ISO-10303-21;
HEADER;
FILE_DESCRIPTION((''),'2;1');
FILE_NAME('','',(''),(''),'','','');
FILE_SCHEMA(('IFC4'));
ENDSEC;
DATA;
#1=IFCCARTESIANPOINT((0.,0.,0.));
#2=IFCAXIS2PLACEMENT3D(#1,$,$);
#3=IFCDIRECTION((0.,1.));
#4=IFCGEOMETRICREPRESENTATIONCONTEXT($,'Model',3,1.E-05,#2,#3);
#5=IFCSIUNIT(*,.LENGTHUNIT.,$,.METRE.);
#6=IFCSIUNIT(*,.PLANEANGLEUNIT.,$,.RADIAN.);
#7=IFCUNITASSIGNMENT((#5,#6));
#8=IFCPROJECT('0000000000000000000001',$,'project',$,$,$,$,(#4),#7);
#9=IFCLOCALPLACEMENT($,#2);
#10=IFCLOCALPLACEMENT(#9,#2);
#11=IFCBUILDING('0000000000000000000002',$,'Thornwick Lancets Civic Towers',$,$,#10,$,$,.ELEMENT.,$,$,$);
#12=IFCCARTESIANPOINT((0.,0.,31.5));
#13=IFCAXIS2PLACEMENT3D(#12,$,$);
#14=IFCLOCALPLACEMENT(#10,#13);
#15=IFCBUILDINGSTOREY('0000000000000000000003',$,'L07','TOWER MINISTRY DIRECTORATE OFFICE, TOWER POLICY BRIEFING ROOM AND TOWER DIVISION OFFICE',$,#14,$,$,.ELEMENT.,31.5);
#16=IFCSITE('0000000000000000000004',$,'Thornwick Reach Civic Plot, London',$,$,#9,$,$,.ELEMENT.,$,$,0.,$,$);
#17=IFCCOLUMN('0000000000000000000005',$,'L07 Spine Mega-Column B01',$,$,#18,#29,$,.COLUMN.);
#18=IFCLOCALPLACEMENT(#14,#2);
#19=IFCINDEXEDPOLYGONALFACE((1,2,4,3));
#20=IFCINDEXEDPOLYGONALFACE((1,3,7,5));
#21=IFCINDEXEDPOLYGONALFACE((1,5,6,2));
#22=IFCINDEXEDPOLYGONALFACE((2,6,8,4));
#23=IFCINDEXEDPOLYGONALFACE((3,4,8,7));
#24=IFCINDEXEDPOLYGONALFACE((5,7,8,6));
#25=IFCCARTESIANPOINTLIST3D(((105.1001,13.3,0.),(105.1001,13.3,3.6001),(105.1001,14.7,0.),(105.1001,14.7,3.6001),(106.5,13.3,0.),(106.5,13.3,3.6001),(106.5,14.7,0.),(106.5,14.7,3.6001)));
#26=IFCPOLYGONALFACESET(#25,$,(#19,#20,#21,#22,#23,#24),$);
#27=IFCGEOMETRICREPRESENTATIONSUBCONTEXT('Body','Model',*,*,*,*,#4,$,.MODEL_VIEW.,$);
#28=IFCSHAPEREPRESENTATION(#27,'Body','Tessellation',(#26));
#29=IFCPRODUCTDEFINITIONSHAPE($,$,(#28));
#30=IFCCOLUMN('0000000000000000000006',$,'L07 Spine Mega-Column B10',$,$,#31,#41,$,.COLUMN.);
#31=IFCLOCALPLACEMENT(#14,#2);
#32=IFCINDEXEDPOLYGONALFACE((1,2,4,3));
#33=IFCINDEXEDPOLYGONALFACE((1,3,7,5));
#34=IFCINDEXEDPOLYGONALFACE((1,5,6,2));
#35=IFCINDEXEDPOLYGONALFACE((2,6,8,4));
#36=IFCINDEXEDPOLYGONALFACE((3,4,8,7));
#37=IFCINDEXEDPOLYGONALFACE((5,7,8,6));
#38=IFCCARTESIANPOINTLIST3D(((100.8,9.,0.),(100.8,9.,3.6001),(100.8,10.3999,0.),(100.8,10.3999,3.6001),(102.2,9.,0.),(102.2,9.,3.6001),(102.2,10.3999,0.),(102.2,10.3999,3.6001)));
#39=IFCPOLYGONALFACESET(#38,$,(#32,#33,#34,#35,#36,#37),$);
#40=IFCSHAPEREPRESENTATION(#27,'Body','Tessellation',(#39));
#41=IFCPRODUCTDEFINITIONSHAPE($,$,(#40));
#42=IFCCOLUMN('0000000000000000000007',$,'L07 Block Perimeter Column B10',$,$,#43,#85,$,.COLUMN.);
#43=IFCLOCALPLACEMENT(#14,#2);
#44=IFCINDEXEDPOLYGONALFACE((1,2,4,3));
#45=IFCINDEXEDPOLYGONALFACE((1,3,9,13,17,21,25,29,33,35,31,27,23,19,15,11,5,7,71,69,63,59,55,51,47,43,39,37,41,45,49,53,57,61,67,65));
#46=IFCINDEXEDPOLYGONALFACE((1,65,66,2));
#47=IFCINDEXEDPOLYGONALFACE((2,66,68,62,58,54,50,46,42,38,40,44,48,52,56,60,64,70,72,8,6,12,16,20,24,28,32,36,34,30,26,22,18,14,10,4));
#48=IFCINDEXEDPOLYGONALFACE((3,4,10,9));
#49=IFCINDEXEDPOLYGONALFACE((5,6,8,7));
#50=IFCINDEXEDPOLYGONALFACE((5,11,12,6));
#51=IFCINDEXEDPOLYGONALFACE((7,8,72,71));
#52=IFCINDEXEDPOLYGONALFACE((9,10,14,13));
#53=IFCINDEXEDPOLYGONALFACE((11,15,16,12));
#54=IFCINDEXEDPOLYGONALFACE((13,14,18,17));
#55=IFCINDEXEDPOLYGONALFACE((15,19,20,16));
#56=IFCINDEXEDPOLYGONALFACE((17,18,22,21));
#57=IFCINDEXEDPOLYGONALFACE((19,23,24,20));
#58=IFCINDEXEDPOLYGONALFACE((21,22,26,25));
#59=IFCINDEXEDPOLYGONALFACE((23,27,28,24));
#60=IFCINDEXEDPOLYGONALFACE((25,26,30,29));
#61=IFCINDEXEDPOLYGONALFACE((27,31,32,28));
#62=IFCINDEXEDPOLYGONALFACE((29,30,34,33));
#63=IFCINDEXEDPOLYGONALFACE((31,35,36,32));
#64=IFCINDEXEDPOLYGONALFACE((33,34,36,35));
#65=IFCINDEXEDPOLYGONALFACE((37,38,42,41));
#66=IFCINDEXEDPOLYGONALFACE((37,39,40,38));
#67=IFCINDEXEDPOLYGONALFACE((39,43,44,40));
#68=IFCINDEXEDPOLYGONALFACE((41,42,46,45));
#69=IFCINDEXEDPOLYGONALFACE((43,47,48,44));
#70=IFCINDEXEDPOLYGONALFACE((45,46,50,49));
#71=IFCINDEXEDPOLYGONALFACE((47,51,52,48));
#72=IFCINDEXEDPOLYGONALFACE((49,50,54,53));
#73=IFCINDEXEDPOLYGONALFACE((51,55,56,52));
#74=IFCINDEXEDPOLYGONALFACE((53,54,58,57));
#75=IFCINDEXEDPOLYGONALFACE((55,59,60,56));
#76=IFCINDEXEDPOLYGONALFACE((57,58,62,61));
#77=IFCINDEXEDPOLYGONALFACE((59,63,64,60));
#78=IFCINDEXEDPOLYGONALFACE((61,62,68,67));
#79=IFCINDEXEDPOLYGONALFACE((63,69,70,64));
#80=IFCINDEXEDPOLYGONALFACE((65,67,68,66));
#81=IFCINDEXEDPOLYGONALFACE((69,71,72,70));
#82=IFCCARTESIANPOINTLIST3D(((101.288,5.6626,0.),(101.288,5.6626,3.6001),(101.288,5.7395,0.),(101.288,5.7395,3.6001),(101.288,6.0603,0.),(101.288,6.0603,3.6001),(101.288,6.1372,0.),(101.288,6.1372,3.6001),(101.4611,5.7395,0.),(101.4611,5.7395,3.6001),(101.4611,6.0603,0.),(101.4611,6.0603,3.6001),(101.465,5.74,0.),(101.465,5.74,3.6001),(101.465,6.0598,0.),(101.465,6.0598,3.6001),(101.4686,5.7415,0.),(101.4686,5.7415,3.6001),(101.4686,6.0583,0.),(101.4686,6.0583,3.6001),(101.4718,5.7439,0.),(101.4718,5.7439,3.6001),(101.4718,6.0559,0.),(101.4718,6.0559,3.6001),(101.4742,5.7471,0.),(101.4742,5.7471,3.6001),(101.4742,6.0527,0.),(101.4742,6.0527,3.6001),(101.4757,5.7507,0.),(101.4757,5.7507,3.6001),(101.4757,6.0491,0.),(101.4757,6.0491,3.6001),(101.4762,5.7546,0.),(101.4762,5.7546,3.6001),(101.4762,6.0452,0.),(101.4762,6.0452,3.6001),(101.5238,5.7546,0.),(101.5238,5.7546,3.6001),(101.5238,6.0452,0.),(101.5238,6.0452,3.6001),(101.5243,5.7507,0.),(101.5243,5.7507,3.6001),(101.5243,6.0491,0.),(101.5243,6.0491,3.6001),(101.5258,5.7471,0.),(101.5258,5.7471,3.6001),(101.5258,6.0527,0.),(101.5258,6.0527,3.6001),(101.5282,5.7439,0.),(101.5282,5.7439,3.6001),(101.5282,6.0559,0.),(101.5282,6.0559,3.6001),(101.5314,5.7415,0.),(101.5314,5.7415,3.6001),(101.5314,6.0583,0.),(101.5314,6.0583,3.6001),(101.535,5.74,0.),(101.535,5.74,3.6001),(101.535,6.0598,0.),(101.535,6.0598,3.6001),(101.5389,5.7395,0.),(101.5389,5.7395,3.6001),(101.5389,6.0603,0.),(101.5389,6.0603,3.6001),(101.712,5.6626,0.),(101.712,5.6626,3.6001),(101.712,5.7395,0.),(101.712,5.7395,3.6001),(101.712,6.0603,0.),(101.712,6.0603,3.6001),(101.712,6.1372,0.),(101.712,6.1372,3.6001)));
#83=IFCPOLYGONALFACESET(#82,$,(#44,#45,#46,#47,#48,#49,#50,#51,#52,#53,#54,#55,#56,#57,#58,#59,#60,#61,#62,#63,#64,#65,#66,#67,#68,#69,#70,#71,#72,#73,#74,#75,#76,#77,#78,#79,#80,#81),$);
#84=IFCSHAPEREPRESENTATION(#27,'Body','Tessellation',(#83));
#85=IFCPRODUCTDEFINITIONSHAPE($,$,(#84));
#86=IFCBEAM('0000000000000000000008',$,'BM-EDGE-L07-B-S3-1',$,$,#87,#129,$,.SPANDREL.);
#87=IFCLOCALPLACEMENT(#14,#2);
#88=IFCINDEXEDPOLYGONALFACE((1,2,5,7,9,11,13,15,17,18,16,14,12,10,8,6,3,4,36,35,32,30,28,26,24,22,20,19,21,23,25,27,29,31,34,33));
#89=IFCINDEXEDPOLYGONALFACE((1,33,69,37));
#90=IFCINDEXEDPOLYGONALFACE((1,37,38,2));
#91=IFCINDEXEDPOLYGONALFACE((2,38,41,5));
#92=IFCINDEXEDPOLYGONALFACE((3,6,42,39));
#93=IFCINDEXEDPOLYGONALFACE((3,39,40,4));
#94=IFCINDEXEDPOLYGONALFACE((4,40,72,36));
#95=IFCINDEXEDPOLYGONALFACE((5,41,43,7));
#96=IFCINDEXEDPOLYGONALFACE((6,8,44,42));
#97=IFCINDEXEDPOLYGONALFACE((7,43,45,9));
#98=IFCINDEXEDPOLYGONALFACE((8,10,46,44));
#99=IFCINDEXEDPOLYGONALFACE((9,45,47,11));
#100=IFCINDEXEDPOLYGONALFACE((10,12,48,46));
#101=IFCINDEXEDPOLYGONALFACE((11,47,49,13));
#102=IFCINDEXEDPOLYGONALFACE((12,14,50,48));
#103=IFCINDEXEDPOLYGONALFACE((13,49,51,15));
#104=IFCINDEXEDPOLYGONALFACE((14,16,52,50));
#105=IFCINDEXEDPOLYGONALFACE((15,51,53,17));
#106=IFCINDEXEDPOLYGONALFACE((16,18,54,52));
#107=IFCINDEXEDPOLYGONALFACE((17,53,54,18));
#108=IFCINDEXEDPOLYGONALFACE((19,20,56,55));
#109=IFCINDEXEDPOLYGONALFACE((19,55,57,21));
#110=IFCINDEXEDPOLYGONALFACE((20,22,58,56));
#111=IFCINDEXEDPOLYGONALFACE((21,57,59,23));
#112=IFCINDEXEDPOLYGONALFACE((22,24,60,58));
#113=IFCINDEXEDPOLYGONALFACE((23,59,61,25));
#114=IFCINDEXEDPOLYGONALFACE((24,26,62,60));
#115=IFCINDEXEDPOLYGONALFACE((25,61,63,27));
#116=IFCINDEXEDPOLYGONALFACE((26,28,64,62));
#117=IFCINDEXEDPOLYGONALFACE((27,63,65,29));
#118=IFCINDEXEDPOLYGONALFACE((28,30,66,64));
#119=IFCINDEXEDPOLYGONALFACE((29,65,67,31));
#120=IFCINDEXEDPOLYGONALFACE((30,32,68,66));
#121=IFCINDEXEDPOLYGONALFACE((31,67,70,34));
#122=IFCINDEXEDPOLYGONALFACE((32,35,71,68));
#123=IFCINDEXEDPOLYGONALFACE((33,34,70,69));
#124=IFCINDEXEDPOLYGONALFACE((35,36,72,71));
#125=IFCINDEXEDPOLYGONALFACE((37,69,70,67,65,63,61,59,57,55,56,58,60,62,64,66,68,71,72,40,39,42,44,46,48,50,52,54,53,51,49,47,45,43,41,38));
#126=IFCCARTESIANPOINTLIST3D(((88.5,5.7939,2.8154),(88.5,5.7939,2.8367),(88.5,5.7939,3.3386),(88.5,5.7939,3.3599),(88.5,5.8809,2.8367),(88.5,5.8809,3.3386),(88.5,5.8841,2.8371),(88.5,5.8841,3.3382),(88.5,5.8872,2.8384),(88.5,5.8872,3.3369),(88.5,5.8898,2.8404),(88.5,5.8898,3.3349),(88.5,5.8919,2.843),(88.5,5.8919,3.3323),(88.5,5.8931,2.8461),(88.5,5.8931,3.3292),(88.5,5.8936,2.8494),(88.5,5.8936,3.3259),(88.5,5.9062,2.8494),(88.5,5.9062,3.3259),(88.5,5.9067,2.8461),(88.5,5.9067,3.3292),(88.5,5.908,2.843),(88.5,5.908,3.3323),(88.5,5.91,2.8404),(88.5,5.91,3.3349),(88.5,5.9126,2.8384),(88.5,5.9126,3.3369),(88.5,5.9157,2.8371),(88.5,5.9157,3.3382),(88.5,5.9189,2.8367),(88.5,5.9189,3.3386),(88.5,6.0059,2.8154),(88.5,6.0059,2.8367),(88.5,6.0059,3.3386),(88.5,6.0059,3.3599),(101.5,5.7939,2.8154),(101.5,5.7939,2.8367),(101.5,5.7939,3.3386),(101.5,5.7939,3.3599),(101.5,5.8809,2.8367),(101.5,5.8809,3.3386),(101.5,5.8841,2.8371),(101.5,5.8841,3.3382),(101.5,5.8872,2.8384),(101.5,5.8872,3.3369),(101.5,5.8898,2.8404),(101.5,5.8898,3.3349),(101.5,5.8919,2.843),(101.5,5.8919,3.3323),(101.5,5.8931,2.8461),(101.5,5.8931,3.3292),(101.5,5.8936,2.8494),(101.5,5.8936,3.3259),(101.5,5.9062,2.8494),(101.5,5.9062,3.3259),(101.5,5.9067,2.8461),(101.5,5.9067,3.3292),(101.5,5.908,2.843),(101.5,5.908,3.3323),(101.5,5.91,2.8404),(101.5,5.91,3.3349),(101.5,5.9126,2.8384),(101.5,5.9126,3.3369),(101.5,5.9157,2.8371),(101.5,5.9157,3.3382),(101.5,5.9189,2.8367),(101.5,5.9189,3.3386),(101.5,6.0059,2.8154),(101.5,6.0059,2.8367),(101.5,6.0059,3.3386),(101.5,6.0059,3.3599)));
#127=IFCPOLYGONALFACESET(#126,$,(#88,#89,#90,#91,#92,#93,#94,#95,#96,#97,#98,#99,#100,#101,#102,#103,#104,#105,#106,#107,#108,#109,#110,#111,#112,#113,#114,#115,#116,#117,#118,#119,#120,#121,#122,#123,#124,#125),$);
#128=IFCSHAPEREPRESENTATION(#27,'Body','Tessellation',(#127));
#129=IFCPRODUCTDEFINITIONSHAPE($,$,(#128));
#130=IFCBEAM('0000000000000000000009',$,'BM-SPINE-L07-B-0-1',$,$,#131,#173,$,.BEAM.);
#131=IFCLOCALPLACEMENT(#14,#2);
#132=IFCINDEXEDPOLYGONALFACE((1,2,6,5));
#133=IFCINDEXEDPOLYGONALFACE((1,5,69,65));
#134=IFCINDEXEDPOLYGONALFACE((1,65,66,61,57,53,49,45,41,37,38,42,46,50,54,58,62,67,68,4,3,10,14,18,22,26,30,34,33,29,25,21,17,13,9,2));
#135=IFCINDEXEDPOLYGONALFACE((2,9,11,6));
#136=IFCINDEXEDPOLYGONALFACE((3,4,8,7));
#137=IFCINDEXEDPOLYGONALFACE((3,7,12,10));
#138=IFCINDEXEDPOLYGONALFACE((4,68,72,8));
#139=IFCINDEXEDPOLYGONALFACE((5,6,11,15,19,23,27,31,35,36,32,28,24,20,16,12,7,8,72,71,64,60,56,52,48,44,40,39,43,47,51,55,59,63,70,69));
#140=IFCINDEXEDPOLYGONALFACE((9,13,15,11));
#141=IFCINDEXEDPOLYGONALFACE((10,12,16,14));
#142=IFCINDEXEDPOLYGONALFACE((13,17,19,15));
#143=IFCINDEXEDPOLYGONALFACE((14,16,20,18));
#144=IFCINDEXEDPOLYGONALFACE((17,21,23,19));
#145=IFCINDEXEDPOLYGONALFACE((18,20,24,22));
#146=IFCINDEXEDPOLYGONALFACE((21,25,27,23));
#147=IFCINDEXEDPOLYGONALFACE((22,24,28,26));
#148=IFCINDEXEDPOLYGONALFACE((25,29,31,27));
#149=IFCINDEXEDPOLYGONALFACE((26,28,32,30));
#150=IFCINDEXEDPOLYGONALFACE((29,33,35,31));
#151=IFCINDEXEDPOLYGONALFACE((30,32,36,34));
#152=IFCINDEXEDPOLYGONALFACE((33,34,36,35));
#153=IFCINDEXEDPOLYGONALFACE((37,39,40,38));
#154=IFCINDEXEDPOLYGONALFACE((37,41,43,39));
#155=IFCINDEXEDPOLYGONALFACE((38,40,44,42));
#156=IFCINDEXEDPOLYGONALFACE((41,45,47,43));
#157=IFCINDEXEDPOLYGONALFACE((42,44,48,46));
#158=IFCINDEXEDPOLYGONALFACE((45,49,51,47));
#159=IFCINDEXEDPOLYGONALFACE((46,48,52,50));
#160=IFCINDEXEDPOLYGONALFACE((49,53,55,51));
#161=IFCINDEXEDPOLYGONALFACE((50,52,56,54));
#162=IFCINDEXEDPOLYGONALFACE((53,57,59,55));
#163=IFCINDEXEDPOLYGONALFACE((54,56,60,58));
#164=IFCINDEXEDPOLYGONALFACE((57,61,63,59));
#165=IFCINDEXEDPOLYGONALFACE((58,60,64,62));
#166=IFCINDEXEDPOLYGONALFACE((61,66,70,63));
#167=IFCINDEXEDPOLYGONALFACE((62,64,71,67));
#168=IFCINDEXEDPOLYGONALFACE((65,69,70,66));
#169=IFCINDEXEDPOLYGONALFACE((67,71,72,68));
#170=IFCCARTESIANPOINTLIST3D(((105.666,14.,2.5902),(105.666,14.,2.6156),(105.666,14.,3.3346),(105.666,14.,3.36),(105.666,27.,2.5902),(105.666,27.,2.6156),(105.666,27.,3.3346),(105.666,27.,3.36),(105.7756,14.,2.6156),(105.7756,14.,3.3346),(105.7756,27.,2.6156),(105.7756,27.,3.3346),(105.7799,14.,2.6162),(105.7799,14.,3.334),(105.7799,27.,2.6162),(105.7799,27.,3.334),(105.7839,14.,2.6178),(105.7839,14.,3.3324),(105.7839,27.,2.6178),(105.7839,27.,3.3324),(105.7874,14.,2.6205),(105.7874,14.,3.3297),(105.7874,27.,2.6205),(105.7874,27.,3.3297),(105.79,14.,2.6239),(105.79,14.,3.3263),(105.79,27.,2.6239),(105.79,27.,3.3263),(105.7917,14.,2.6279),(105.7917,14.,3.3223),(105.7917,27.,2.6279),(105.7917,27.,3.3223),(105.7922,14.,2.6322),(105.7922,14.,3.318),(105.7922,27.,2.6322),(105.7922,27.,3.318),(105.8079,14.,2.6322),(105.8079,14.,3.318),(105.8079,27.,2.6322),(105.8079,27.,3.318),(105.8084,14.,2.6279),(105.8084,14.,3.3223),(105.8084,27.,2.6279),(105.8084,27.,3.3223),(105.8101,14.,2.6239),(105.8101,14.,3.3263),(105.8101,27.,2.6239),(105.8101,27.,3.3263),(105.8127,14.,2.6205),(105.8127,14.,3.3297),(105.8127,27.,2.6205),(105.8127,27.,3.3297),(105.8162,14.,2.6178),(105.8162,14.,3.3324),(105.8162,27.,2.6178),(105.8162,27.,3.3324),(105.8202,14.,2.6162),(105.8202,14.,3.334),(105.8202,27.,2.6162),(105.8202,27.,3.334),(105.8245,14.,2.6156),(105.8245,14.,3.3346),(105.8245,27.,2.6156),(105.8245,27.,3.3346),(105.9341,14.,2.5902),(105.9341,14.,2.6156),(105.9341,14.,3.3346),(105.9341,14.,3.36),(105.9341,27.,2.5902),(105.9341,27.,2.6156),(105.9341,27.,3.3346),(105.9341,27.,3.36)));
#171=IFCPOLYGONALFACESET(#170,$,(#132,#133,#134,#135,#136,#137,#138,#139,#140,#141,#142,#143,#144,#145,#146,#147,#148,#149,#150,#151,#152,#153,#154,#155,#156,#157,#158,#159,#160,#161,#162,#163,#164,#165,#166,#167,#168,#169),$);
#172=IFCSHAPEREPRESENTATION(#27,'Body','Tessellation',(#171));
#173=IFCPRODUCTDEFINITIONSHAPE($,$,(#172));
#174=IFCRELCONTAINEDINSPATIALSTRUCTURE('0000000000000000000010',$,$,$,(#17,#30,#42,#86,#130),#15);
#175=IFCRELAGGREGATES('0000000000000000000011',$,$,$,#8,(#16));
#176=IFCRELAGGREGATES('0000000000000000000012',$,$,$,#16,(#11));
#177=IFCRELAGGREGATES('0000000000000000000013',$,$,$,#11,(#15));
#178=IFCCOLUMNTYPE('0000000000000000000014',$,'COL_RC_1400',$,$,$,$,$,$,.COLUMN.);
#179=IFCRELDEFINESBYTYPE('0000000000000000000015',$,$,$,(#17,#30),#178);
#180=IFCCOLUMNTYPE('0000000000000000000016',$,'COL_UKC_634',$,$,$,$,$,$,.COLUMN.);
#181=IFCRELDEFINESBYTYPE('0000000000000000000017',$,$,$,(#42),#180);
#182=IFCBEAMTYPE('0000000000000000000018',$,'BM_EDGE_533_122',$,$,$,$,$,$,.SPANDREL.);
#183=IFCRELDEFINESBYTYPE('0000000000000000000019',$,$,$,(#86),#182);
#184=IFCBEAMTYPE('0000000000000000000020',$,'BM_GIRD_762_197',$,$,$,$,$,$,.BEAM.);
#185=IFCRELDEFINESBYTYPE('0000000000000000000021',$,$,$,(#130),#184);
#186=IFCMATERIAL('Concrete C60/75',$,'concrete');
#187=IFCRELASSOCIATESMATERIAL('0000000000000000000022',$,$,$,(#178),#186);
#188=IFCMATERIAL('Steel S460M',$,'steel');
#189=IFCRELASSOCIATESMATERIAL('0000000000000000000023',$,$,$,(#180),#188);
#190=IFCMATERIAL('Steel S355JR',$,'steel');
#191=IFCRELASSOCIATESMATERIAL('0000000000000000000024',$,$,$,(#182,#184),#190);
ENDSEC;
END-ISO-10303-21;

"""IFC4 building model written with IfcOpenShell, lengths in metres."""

from ifc_helpers import new_model, si_unit, direction, frame, origin, origin_2d, place, context, subcontext, project, spatial, rectangle, i_section, extrude, material, material_profile, profile_set, type_object, element, save


model = new_model("IFC4")

# Units and contexts
model_context = context("Model", 3, precision=1e-05, world=origin(), true_north=direction((0.0, 1.0)))
body_context = subcontext(model_context, "Body", "Model", "MODEL_VIEW")
ifc_project = project(units=[si_unit("LENGTHUNIT", "METRE"), si_unit("PLANEANGLEUNIT", "RADIAN")], contexts=[model_context])

# Site, building, storey
site_placement = place(None, origin())
site = spatial("IfcSite", under=ifc_project, at=site_placement, Name="Thornwick Reach Civic Plot, London", CompositionType="ELEMENT", RefElevation=0.0)
building_placement = place(site_placement, origin())
building = spatial("IfcBuilding", under=site, at=building_placement, Name="Thornwick Lancets Civic Towers", CompositionType="ELEMENT")
storey_placement = place(building_placement, frame((0.0, 0.0, 31.5)))
storey = spatial("IfcBuildingStorey", under=building, at=storey_placement, Name="L07", Description="TOWER MINISTRY DIRECTORATE OFFICE, TOWER POLICY BRIEFING ROOM AND TOWER DIVISION OFFICE", CompositionType="ELEMENT", Elevation=31.5)

# Columns
ifc_material_1 = material(Name="Concrete C60/75", Category="concrete")
ifc_material_profile_1 = material_profile(ifc_material_1, rectangle(XDim=1.3999, YDim=1.3999, at=origin_2d()), Name="RC 1400x1400")
ifc_profile_set_1 = profile_set([ifc_material_profile_1], Name="Concrete C60/75")
column_type_1 = type_object("IfcColumnType", Name="COL_RC_1400", PredefinedType="COLUMN", material=ifc_profile_set_1)
for number, where, z_axis, x_axis, name in (
    (1, (105.8, 14.0, 0.0), (0.0, 0.0, 1.0), (1.0, 0.0, 0.0), "L07 Spine Mega-Column B01"),
    (2, (101.5, 9.7, 0.0), (0.0, 0.0, 1.0), (1.0, 0.0, 0.0), "L07 Spine Mega-Column B10"),
):
    element("IfcColumn", number, at=place(storey_placement, frame(where, z_axis=z_axis, x_axis=x_axis)), inside=storey, type_object=column_type_1, Name=name, PredefinedType="COLUMN", context=body_context, shape_type="SweptSolid", body=[
        extrude(rectangle(XDim=1.3999, YDim=1.3999, at=origin_2d()), origin(), (0.0, 0.0, 1.0), 3.6001),
    ])
ifc_material_2 = material(Name="Steel S460M", Category="steel")
ifc_material_profile_2 = material_profile(ifc_material_2, i_section(OverallWidth=0.4241, OverallDepth=0.4746, WebThickness=0.0476, FlangeThickness=0.0769, FilletRadius=0.0151, at=origin_2d()), Name="UKC 356x406x634")
ifc_profile_set_2 = profile_set([ifc_material_profile_2], Name="Steel S460M")
column_type_2 = type_object("IfcColumnType", Name="COL_UKC_634", PredefinedType="COLUMN", material=ifc_profile_set_2)
column_placement = place(storey_placement, frame((101.5, 5.8999, 0.0), z_axis=(0.0, 0.0, 1.0), x_axis=(1.0, 0.0, 0.0)))
element("IfcColumn", 3, at=column_placement, inside=storey, type_object=column_type_2, Name="L07 Block Perimeter Column B10", PredefinedType="COLUMN", context=body_context, shape_type="SweptSolid", body=[
    extrude(i_section(OverallWidth=0.4241, OverallDepth=0.4746, WebThickness=0.0476, FlangeThickness=0.0769, FilletRadius=0.0151, at=origin_2d()), origin(), (0.0, 0.0, 1.0), 3.6001),
])

# Beams
ifc_material_3 = material(Name="Steel S355JR", Category="steel")
ifc_material_profile_3 = material_profile(ifc_material_3, i_section(OverallWidth=0.2119, OverallDepth=0.5444, WebThickness=0.0127, FlangeThickness=0.0212, FilletRadius=0.0127, at=origin_2d()), Name="UKB 533x210x122")
ifc_profile_set_3 = profile_set([ifc_material_profile_3], Name="Steel S355JR")
beam_type_1 = type_object("IfcBeamType", Name="BM_EDGE_533_122", PredefinedType="SPANDREL", material=ifc_profile_set_3)
beam_1_placement = place(storey_placement, frame((101.5, 5.8999, 3.0876), z_axis=(-1.0, 0.0, 0.0), x_axis=(0.0, -1.0, 0.0)))
element("IfcBeam", 4, at=beam_1_placement, inside=storey, type_object=beam_type_1, Name="BM-EDGE-L07-B-S3-1", PredefinedType="SPANDREL", context=body_context, shape_type="SweptSolid", body=[
    extrude(i_section(OverallWidth=0.2119, OverallDepth=0.5444, WebThickness=0.0127, FlangeThickness=0.0212, FilletRadius=0.0127, at=origin_2d()), origin(), (0.0, 0.0, 1.0), 13.0),
])
ifc_material_profile_4 = material_profile(ifc_material_3, i_section(OverallWidth=0.2681, OverallDepth=0.7698, WebThickness=0.0156, FlangeThickness=0.0254, FilletRadius=0.0166, at=origin_2d()), Name="UKB 762x267x197")
ifc_profile_set_4 = profile_set([ifc_material_profile_4], Name="Steel S355JR")
beam_type_2 = type_object("IfcBeamType", Name="BM_GIRD_762_197", PredefinedType="BEAM", material=ifc_profile_set_4)
for number, where, z_axis, x_axis, name in (
    (5, (105.8, 14.0, 2.9751), (0.0, 1.0, 0.0), (-1.0, 0.0, 0.0), "BM-SPINE-L07-B-0-1"),
):
    element("IfcBeam", number, at=place(storey_placement, frame(where, z_axis=z_axis, x_axis=x_axis)), inside=storey, type_object=beam_type_2, Name=name, PredefinedType="BEAM", context=body_context, shape_type="SweptSolid", body=[
        extrude(i_section(OverallWidth=0.2681, OverallDepth=0.7698, WebThickness=0.0156, FlangeThickness=0.0254, FilletRadius=0.0166, at=origin_2d()), origin(), (0.0, 0.0, 1.0), 13.0),
    ])

save(model, "model.ifc")
